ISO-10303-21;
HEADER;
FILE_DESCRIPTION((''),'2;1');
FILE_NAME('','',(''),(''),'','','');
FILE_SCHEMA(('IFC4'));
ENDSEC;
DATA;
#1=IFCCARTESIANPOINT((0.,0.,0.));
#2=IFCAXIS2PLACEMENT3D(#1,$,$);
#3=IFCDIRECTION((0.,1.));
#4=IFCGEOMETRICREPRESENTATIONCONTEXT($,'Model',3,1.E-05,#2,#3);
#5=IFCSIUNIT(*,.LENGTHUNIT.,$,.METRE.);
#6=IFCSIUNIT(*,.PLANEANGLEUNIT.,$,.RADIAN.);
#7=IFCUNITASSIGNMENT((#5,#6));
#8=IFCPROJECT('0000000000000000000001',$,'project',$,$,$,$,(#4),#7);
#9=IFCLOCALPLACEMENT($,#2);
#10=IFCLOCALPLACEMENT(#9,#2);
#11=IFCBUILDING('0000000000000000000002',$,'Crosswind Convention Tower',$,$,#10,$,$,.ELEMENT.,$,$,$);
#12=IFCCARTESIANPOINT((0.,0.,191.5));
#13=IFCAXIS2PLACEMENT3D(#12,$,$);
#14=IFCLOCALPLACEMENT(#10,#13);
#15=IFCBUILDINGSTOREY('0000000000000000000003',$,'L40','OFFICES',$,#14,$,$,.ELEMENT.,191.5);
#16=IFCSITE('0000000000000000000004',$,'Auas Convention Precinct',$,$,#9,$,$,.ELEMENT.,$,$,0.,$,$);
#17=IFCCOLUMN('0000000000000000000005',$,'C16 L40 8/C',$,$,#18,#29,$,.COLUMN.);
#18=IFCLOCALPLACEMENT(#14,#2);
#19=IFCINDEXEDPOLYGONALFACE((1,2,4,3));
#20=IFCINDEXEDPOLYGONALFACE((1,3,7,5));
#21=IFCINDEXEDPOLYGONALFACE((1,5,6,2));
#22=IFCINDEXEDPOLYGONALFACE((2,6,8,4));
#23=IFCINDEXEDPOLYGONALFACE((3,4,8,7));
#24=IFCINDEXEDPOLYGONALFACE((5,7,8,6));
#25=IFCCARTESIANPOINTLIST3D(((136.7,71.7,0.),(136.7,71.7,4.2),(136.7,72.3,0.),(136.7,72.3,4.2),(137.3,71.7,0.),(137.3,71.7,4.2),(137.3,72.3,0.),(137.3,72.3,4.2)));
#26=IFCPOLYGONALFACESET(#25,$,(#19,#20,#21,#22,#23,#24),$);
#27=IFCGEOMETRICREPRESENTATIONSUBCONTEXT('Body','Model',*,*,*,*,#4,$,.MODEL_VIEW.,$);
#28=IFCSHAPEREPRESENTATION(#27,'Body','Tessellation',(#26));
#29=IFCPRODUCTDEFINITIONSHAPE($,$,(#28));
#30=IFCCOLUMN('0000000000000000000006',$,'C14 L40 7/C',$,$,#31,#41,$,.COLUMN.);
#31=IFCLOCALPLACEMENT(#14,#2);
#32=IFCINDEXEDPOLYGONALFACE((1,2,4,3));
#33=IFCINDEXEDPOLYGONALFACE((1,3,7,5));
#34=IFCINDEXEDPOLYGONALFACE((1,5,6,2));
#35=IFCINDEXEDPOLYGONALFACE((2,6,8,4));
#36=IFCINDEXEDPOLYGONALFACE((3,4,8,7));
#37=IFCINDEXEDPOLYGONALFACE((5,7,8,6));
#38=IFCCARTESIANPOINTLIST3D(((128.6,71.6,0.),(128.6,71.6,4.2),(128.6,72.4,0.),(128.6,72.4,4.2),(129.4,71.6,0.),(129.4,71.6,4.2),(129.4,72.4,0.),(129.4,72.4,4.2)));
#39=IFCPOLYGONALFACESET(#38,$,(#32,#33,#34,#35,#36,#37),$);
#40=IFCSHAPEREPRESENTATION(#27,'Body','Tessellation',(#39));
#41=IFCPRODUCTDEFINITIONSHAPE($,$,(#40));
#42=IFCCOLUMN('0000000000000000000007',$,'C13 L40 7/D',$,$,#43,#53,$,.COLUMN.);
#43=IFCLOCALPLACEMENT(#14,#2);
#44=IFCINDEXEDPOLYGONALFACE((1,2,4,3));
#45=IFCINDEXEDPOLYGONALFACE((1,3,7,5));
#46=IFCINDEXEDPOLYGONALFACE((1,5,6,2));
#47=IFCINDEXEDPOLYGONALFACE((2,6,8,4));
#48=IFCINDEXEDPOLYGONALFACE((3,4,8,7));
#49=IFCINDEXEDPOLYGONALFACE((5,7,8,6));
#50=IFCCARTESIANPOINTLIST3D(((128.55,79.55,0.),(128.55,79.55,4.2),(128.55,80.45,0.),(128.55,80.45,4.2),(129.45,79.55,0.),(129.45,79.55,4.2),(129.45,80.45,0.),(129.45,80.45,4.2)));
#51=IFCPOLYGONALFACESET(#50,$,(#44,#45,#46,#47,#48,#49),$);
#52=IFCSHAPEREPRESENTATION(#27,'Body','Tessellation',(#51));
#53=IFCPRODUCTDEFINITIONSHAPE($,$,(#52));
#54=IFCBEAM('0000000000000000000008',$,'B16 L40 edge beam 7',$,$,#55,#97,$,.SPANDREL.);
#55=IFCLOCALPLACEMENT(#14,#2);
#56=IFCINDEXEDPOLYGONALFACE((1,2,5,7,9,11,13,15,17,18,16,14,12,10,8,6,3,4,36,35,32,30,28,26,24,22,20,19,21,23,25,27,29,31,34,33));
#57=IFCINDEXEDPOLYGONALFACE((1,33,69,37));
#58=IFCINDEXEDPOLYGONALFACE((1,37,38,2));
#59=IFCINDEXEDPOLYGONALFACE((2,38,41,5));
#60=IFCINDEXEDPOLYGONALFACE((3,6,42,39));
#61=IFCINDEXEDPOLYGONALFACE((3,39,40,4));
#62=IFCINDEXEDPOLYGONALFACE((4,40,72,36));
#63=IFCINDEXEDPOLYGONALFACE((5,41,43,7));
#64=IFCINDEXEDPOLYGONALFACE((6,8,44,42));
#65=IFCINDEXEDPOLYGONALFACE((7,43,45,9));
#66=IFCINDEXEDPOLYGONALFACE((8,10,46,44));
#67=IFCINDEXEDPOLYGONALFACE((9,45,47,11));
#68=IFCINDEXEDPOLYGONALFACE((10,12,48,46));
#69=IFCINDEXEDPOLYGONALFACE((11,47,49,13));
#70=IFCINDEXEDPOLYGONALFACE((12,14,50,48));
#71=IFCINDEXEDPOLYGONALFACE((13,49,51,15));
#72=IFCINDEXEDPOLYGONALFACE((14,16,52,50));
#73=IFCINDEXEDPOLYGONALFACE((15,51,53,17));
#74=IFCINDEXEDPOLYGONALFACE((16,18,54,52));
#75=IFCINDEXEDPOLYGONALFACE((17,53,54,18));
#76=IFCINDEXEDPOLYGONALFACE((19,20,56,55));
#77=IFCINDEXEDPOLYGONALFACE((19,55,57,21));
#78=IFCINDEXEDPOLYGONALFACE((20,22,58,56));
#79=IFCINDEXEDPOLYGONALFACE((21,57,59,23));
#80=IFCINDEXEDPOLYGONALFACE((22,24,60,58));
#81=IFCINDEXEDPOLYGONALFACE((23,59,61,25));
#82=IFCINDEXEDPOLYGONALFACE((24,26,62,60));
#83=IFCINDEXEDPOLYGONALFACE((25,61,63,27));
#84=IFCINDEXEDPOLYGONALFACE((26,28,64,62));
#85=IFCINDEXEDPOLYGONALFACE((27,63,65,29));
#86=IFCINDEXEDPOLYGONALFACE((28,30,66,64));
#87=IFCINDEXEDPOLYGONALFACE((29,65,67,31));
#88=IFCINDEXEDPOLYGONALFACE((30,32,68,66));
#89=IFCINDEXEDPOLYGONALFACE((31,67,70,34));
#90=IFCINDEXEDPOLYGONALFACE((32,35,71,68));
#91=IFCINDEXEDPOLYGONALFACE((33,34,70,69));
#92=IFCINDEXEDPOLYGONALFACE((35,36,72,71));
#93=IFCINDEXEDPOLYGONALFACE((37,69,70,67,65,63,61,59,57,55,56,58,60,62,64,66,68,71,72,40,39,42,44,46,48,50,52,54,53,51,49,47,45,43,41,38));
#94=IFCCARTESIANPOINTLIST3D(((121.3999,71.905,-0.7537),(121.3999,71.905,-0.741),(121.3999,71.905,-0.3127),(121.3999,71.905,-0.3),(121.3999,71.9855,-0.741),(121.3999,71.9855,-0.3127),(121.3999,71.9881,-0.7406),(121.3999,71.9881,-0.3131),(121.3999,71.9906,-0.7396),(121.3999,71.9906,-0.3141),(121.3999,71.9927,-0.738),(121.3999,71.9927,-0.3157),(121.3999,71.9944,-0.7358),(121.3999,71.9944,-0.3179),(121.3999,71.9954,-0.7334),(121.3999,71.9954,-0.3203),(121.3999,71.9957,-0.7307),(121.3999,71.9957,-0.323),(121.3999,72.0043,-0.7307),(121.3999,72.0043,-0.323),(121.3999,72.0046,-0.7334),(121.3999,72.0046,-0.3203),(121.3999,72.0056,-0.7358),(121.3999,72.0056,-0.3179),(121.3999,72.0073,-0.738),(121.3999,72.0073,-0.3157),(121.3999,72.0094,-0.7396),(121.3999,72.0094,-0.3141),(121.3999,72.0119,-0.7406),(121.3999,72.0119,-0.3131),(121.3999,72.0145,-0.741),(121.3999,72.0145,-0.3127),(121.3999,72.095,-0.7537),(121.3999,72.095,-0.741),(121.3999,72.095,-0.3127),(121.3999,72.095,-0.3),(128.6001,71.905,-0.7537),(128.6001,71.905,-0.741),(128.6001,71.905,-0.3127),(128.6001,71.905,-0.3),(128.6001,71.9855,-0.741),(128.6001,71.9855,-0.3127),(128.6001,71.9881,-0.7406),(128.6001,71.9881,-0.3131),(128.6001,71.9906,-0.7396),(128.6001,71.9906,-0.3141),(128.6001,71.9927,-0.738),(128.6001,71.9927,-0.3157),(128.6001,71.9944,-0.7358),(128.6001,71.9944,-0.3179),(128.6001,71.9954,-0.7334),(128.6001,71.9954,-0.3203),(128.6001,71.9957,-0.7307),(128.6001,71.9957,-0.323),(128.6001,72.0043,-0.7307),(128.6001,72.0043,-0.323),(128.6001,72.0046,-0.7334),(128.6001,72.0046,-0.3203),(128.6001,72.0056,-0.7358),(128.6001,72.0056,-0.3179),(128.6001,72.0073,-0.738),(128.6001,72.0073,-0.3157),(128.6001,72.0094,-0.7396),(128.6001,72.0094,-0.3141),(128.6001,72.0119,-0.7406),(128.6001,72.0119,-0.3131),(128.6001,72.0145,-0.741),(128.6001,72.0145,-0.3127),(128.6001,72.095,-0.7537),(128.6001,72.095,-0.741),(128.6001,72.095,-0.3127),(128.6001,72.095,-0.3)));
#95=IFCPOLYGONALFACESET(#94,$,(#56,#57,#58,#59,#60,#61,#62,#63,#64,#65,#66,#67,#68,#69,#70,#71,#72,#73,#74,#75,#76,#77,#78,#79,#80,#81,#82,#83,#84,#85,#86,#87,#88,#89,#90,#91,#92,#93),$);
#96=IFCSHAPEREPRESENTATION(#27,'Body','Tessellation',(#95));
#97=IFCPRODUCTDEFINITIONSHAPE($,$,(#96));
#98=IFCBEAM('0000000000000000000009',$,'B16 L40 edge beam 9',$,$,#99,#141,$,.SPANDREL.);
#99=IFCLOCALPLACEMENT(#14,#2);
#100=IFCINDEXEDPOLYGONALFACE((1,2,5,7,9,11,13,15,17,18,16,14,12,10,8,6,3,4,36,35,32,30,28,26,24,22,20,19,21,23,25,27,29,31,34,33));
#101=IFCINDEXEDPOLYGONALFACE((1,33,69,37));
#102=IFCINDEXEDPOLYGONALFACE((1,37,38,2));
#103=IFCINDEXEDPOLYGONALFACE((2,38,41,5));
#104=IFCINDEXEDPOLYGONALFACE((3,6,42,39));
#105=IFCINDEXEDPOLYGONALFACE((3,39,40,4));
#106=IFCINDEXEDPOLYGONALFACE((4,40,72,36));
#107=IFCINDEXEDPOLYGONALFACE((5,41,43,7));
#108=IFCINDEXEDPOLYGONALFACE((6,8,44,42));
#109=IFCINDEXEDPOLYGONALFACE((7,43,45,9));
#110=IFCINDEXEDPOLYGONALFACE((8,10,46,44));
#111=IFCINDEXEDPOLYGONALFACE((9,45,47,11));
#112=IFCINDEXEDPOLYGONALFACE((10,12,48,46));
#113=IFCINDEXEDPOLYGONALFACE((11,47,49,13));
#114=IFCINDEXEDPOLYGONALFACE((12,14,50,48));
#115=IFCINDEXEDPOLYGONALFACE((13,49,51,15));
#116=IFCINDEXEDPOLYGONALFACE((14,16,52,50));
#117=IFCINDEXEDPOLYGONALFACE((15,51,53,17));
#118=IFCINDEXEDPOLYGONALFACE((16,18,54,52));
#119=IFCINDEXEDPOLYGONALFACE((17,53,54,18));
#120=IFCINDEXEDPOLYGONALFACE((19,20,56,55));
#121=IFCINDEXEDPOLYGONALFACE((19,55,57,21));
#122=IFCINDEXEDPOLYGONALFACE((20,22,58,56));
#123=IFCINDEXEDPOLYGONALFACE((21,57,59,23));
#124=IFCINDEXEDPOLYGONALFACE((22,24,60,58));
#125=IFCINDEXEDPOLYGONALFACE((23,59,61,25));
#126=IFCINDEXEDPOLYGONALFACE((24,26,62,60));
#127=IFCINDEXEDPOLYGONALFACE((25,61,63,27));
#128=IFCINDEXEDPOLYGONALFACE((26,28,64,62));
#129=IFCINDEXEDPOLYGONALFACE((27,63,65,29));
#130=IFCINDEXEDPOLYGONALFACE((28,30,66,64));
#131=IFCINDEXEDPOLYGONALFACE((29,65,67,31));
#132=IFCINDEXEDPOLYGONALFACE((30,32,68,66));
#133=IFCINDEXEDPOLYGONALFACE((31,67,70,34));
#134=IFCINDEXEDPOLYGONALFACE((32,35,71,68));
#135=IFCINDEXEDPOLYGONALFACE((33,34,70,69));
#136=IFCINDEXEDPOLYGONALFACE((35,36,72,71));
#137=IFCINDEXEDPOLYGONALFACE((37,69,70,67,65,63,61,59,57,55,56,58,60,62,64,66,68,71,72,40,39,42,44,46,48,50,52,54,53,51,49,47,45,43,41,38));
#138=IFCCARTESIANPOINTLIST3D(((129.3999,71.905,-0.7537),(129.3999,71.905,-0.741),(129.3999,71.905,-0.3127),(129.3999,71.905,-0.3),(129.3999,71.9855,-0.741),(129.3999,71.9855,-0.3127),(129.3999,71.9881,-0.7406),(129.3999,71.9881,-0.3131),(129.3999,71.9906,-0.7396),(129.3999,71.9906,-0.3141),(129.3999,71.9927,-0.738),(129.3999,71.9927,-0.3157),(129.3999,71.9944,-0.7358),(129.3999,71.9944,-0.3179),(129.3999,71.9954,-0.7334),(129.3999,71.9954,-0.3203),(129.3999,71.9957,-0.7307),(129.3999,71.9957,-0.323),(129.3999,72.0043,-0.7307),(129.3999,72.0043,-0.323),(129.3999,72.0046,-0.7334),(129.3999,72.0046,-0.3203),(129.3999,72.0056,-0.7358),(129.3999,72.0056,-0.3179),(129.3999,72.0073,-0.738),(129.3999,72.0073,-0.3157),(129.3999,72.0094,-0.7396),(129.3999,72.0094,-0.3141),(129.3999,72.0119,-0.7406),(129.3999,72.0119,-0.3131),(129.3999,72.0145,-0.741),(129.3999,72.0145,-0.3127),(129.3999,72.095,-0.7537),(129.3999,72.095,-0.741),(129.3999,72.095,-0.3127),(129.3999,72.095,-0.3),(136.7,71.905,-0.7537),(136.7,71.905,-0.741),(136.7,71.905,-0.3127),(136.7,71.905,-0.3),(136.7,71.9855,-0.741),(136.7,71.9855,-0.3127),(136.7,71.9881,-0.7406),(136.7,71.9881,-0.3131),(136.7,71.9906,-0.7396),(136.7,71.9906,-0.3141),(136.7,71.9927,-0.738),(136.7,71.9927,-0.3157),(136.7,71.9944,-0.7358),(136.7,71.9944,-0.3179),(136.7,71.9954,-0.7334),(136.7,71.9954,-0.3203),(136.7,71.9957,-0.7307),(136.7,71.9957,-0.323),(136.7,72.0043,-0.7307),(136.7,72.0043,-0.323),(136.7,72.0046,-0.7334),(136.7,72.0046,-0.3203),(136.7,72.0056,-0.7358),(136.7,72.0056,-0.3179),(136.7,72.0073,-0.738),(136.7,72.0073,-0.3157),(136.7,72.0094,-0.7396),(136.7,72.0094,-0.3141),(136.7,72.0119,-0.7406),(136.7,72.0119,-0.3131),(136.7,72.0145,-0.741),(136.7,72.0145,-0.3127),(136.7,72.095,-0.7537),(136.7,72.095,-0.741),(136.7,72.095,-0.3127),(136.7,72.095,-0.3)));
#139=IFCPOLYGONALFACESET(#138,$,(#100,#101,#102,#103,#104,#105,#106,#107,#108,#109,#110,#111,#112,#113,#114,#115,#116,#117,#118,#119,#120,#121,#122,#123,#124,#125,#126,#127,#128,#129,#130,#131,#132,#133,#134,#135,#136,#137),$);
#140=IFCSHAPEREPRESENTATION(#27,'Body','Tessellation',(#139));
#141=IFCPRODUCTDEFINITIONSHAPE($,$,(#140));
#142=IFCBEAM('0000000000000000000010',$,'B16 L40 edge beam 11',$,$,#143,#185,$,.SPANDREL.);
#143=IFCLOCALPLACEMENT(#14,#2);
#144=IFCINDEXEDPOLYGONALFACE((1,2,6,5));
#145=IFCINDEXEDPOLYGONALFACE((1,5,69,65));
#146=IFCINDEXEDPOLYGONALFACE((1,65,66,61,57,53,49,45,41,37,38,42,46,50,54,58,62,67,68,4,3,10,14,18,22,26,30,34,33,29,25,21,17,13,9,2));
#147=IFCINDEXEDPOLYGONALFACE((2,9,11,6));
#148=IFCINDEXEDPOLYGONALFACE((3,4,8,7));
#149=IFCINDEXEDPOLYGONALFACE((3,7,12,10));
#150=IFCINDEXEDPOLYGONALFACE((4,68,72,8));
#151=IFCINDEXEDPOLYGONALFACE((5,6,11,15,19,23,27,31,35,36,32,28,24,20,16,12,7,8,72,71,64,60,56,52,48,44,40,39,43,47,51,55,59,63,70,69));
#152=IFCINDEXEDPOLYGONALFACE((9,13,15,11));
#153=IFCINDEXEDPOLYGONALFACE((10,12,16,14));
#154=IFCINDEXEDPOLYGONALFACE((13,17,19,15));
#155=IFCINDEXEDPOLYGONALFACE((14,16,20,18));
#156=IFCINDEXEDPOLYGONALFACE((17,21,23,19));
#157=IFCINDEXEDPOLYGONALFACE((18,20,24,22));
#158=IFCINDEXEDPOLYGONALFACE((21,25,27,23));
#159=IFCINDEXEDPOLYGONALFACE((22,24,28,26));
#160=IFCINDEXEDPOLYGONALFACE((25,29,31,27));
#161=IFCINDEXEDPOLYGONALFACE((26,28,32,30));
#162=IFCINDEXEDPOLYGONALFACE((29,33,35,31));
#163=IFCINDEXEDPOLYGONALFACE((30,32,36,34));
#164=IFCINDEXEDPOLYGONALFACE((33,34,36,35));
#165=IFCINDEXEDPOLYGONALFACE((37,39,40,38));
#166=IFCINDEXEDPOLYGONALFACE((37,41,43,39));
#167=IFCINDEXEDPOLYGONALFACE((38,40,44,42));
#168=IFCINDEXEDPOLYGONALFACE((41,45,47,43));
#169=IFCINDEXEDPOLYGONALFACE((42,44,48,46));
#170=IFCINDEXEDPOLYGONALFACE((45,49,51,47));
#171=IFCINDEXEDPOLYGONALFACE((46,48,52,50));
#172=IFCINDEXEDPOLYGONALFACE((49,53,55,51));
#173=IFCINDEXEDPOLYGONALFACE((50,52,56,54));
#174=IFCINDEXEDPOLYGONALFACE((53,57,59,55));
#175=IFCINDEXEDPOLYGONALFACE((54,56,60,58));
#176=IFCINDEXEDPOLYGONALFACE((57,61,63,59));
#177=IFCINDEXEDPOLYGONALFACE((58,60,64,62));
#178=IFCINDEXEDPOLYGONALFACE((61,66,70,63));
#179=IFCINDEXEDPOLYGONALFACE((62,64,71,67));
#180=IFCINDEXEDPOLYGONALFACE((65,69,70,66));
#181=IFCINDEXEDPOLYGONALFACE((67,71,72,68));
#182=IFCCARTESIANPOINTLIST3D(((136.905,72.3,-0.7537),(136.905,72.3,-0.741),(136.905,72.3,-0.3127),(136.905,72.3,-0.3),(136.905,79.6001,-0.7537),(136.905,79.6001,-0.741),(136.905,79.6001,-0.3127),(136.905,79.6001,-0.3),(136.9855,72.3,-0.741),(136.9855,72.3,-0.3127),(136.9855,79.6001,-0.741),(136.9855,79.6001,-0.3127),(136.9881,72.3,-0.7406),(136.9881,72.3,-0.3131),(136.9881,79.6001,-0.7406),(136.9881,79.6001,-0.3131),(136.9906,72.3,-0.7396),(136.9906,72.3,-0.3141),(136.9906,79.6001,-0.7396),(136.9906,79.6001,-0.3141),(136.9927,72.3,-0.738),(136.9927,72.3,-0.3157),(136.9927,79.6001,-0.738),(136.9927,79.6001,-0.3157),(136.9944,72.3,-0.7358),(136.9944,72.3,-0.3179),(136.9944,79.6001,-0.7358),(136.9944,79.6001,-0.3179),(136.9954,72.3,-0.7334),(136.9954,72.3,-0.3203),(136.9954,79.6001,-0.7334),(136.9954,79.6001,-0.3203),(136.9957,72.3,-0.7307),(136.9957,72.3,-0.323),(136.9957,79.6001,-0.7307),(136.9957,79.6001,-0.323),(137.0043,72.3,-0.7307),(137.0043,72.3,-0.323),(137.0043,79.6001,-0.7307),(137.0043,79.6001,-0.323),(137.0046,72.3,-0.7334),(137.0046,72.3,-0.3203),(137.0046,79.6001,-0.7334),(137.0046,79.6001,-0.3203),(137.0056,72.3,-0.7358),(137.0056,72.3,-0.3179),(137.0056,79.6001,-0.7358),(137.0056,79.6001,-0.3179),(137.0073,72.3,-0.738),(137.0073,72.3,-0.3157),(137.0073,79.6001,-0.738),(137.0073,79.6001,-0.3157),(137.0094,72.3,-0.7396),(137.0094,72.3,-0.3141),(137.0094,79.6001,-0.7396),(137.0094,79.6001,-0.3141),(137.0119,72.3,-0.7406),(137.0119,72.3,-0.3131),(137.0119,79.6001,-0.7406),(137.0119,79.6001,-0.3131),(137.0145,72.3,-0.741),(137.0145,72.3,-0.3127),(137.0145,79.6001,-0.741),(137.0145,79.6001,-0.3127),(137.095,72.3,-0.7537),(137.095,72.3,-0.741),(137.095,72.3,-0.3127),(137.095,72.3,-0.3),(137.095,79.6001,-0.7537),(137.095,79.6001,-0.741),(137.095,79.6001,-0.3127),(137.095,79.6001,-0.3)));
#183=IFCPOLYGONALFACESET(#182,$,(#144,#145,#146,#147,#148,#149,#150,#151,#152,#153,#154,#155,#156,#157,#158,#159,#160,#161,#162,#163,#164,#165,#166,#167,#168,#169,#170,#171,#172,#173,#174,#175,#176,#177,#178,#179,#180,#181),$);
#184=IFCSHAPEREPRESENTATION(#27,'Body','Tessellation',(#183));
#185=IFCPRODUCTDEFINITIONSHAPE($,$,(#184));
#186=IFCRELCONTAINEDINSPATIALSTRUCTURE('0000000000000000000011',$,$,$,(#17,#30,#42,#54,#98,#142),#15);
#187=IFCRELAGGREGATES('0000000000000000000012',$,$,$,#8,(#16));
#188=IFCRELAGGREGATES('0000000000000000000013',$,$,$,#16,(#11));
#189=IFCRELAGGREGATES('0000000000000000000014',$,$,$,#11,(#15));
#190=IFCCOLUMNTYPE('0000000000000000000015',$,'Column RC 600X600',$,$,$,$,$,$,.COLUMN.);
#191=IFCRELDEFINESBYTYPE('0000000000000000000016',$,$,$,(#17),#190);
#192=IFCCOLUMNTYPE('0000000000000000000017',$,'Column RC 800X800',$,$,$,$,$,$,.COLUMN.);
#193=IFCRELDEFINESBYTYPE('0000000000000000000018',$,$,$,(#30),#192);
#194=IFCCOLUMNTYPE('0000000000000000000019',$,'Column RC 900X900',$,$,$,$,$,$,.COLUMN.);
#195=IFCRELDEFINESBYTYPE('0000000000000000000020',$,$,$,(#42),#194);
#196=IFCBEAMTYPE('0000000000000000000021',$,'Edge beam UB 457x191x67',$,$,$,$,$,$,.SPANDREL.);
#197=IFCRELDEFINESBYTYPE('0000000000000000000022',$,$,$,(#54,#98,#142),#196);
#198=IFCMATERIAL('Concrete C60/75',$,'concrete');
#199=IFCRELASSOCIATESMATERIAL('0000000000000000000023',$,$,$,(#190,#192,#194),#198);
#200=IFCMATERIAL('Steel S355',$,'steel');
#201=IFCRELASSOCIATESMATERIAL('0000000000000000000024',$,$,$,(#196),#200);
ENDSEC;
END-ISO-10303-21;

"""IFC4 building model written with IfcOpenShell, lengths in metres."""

from ifc_helpers import new_model, si_unit, direction, frame, origin, origin_2d, place, context, subcontext, project, spatial, rectangle, i_section, extrude, material, material_profile, profile_set, type_object, element, save


model = new_model("IFC4")

# Units and contexts
model_context = context("Model", 3, precision=1e-05, world=origin(), true_north=direction((0.0, 1.0)))
body_context = subcontext(model_context, "Body", "Model", "MODEL_VIEW")
ifc_project = project(units=[si_unit("LENGTHUNIT", "METRE"), si_unit("PLANEANGLEUNIT", "RADIAN")], contexts=[model_context])

# Site, building, storey
site_placement = place(None, origin())
site = spatial("IfcSite", under=ifc_project, at=site_placement, Name="Auas Convention Precinct", CompositionType="ELEMENT", RefElevation=0.0)
building_placement = place(site_placement, origin())
building = spatial("IfcBuilding", under=site, at=building_placement, Name="Crosswind Convention Tower", CompositionType="ELEMENT")
storey_placement = place(building_placement, frame((0.0, 0.0, 191.5)))
storey = spatial("IfcBuildingStorey", under=building, at=storey_placement, Name="L40", Description="OFFICES", CompositionType="ELEMENT", Elevation=191.5)

# Columns
ifc_material_1 = material(Name="Concrete C60/75", Category="concrete")
ifc_material_profile_1 = material_profile(ifc_material_1, rectangle(XDim=0.6001, YDim=0.6001, at=origin_2d()), Name="RC 600X600")
ifc_profile_set_1 = profile_set([ifc_material_profile_1], Name="Concrete C60/75")
column_type_1 = type_object("IfcColumnType", Name="Column RC 600X600", PredefinedType="COLUMN", material=ifc_profile_set_1)
column_1_placement = place(storey_placement, frame((137.0, 72.0, 0.0), z_axis=(0.0, 0.0, 1.0), x_axis=(1.0, 0.0, 0.0)))
element("IfcColumn", 1, at=column_1_placement, inside=storey, type_object=column_type_1, Name="C16 L40 8/C", PredefinedType="COLUMN", context=body_context, shape_type="SweptSolid", body=[
    extrude(rectangle(XDim=0.6001, YDim=0.6001, at=origin_2d()), origin(), (0.0, 0.0, 1.0), 4.2),
])
ifc_material_profile_2 = material_profile(ifc_material_1, rectangle(XDim=0.8, YDim=0.8, at=origin_2d()), Name="RC 800X800")
ifc_profile_set_2 = profile_set([ifc_material_profile_2], Name="Concrete C60/75")
column_type_2 = type_object("IfcColumnType", Name="Column RC 800X800", PredefinedType="COLUMN", material=ifc_profile_set_2)
column_2_placement = place(storey_placement, frame((129.0, 72.0, 0.0), z_axis=(0.0, 0.0, 1.0), x_axis=(1.0, 0.0, 0.0)))
element("IfcColumn", 2, at=column_2_placement, inside=storey, type_object=column_type_2, Name="C14 L40 7/C", PredefinedType="COLUMN", context=body_context, shape_type="SweptSolid", body=[
    extrude(rectangle(XDim=0.8, YDim=0.8, at=origin_2d()), origin(), (0.0, 0.0, 1.0), 4.2),
])
ifc_material_profile_3 = material_profile(ifc_material_1, rectangle(XDim=0.8999, YDim=0.8999, at=origin_2d()), Name="RC 900X900")
ifc_profile_set_3 = profile_set([ifc_material_profile_3], Name="Concrete C60/75")
column_type_3 = type_object("IfcColumnType", Name="Column RC 900X900", PredefinedType="COLUMN", material=ifc_profile_set_3)
column_3_placement = place(storey_placement, frame((129.0, 80.0, 0.0), z_axis=(0.0, 0.0, 1.0), x_axis=(1.0, 0.0, 0.0)))
element("IfcColumn", 3, at=column_3_placement, inside=storey, type_object=column_type_3, Name="C13 L40 7/D", PredefinedType="COLUMN", context=body_context, shape_type="SweptSolid", body=[
    extrude(rectangle(XDim=0.8999, YDim=0.8999, at=origin_2d()), origin(), (0.0, 0.0, 1.0), 4.2),
])

# Beams
ifc_material_2 = material(Name="Steel S355", Category="steel")
ifc_material_profile_4 = material_profile(ifc_material_2, i_section(OverallWidth=0.1899, OverallDepth=0.4536, WebThickness=0.0085, FlangeThickness=0.0127, FilletRadius=0.0103, at=origin_2d()), Name="UB 457x191x67")
ifc_profile_set_4 = profile_set([ifc_material_profile_4], Name="Steel S355")
beam_type_1 = type_object("IfcBeamType", Name="Edge beam UB 457x191x67", PredefinedType="SPANDREL", material=ifc_profile_set_4)
beam_1_placement = place(storey_placement, frame((121.3999, 72.0, -0.5269), z_axis=(1.0, 0.0, 0.0), x_axis=(0.0, 1.0, 0.0)))
element("IfcBeam", 4, at=beam_1_placement, inside=storey, type_object=beam_type_1, Name="B16 L40 edge beam 7", PredefinedType="SPANDREL", context=body_context, shape_type="SweptSolid", body=[
    extrude(i_section(OverallWidth=0.1899, OverallDepth=0.4536, WebThickness=0.0085, FlangeThickness=0.0127, FilletRadius=0.0103, at=origin_2d()), origin(), (0.0, 0.0, 1.0), 7.2002),
])
for number, where, z_axis, x_axis, name in (
    (5, (129.3999, 72.0, -0.5269), (1.0, 0.0, 0.0), (0.0, 1.0, 0.0), "B16 L40 edge beam 9"),
    (6, (137.0, 72.3, -0.5269), (0.0, 1.0, 0.0), (-1.0, 0.0, 0.0), "B16 L40 edge beam 11"),
):
    element("IfcBeam", number, at=place(storey_placement, frame(where, z_axis=z_axis, x_axis=x_axis)), inside=storey, type_object=beam_type_1, Name=name, PredefinedType="SPANDREL", context=body_context, shape_type="SweptSolid", body=[
        extrude(i_section(OverallWidth=0.1899, OverallDepth=0.4536, WebThickness=0.0085, FlangeThickness=0.0127, FilletRadius=0.0103, at=origin_2d()), origin(), (0.0, 0.0, 1.0), 7.3),
    ])

save(model, "model.ifc")
